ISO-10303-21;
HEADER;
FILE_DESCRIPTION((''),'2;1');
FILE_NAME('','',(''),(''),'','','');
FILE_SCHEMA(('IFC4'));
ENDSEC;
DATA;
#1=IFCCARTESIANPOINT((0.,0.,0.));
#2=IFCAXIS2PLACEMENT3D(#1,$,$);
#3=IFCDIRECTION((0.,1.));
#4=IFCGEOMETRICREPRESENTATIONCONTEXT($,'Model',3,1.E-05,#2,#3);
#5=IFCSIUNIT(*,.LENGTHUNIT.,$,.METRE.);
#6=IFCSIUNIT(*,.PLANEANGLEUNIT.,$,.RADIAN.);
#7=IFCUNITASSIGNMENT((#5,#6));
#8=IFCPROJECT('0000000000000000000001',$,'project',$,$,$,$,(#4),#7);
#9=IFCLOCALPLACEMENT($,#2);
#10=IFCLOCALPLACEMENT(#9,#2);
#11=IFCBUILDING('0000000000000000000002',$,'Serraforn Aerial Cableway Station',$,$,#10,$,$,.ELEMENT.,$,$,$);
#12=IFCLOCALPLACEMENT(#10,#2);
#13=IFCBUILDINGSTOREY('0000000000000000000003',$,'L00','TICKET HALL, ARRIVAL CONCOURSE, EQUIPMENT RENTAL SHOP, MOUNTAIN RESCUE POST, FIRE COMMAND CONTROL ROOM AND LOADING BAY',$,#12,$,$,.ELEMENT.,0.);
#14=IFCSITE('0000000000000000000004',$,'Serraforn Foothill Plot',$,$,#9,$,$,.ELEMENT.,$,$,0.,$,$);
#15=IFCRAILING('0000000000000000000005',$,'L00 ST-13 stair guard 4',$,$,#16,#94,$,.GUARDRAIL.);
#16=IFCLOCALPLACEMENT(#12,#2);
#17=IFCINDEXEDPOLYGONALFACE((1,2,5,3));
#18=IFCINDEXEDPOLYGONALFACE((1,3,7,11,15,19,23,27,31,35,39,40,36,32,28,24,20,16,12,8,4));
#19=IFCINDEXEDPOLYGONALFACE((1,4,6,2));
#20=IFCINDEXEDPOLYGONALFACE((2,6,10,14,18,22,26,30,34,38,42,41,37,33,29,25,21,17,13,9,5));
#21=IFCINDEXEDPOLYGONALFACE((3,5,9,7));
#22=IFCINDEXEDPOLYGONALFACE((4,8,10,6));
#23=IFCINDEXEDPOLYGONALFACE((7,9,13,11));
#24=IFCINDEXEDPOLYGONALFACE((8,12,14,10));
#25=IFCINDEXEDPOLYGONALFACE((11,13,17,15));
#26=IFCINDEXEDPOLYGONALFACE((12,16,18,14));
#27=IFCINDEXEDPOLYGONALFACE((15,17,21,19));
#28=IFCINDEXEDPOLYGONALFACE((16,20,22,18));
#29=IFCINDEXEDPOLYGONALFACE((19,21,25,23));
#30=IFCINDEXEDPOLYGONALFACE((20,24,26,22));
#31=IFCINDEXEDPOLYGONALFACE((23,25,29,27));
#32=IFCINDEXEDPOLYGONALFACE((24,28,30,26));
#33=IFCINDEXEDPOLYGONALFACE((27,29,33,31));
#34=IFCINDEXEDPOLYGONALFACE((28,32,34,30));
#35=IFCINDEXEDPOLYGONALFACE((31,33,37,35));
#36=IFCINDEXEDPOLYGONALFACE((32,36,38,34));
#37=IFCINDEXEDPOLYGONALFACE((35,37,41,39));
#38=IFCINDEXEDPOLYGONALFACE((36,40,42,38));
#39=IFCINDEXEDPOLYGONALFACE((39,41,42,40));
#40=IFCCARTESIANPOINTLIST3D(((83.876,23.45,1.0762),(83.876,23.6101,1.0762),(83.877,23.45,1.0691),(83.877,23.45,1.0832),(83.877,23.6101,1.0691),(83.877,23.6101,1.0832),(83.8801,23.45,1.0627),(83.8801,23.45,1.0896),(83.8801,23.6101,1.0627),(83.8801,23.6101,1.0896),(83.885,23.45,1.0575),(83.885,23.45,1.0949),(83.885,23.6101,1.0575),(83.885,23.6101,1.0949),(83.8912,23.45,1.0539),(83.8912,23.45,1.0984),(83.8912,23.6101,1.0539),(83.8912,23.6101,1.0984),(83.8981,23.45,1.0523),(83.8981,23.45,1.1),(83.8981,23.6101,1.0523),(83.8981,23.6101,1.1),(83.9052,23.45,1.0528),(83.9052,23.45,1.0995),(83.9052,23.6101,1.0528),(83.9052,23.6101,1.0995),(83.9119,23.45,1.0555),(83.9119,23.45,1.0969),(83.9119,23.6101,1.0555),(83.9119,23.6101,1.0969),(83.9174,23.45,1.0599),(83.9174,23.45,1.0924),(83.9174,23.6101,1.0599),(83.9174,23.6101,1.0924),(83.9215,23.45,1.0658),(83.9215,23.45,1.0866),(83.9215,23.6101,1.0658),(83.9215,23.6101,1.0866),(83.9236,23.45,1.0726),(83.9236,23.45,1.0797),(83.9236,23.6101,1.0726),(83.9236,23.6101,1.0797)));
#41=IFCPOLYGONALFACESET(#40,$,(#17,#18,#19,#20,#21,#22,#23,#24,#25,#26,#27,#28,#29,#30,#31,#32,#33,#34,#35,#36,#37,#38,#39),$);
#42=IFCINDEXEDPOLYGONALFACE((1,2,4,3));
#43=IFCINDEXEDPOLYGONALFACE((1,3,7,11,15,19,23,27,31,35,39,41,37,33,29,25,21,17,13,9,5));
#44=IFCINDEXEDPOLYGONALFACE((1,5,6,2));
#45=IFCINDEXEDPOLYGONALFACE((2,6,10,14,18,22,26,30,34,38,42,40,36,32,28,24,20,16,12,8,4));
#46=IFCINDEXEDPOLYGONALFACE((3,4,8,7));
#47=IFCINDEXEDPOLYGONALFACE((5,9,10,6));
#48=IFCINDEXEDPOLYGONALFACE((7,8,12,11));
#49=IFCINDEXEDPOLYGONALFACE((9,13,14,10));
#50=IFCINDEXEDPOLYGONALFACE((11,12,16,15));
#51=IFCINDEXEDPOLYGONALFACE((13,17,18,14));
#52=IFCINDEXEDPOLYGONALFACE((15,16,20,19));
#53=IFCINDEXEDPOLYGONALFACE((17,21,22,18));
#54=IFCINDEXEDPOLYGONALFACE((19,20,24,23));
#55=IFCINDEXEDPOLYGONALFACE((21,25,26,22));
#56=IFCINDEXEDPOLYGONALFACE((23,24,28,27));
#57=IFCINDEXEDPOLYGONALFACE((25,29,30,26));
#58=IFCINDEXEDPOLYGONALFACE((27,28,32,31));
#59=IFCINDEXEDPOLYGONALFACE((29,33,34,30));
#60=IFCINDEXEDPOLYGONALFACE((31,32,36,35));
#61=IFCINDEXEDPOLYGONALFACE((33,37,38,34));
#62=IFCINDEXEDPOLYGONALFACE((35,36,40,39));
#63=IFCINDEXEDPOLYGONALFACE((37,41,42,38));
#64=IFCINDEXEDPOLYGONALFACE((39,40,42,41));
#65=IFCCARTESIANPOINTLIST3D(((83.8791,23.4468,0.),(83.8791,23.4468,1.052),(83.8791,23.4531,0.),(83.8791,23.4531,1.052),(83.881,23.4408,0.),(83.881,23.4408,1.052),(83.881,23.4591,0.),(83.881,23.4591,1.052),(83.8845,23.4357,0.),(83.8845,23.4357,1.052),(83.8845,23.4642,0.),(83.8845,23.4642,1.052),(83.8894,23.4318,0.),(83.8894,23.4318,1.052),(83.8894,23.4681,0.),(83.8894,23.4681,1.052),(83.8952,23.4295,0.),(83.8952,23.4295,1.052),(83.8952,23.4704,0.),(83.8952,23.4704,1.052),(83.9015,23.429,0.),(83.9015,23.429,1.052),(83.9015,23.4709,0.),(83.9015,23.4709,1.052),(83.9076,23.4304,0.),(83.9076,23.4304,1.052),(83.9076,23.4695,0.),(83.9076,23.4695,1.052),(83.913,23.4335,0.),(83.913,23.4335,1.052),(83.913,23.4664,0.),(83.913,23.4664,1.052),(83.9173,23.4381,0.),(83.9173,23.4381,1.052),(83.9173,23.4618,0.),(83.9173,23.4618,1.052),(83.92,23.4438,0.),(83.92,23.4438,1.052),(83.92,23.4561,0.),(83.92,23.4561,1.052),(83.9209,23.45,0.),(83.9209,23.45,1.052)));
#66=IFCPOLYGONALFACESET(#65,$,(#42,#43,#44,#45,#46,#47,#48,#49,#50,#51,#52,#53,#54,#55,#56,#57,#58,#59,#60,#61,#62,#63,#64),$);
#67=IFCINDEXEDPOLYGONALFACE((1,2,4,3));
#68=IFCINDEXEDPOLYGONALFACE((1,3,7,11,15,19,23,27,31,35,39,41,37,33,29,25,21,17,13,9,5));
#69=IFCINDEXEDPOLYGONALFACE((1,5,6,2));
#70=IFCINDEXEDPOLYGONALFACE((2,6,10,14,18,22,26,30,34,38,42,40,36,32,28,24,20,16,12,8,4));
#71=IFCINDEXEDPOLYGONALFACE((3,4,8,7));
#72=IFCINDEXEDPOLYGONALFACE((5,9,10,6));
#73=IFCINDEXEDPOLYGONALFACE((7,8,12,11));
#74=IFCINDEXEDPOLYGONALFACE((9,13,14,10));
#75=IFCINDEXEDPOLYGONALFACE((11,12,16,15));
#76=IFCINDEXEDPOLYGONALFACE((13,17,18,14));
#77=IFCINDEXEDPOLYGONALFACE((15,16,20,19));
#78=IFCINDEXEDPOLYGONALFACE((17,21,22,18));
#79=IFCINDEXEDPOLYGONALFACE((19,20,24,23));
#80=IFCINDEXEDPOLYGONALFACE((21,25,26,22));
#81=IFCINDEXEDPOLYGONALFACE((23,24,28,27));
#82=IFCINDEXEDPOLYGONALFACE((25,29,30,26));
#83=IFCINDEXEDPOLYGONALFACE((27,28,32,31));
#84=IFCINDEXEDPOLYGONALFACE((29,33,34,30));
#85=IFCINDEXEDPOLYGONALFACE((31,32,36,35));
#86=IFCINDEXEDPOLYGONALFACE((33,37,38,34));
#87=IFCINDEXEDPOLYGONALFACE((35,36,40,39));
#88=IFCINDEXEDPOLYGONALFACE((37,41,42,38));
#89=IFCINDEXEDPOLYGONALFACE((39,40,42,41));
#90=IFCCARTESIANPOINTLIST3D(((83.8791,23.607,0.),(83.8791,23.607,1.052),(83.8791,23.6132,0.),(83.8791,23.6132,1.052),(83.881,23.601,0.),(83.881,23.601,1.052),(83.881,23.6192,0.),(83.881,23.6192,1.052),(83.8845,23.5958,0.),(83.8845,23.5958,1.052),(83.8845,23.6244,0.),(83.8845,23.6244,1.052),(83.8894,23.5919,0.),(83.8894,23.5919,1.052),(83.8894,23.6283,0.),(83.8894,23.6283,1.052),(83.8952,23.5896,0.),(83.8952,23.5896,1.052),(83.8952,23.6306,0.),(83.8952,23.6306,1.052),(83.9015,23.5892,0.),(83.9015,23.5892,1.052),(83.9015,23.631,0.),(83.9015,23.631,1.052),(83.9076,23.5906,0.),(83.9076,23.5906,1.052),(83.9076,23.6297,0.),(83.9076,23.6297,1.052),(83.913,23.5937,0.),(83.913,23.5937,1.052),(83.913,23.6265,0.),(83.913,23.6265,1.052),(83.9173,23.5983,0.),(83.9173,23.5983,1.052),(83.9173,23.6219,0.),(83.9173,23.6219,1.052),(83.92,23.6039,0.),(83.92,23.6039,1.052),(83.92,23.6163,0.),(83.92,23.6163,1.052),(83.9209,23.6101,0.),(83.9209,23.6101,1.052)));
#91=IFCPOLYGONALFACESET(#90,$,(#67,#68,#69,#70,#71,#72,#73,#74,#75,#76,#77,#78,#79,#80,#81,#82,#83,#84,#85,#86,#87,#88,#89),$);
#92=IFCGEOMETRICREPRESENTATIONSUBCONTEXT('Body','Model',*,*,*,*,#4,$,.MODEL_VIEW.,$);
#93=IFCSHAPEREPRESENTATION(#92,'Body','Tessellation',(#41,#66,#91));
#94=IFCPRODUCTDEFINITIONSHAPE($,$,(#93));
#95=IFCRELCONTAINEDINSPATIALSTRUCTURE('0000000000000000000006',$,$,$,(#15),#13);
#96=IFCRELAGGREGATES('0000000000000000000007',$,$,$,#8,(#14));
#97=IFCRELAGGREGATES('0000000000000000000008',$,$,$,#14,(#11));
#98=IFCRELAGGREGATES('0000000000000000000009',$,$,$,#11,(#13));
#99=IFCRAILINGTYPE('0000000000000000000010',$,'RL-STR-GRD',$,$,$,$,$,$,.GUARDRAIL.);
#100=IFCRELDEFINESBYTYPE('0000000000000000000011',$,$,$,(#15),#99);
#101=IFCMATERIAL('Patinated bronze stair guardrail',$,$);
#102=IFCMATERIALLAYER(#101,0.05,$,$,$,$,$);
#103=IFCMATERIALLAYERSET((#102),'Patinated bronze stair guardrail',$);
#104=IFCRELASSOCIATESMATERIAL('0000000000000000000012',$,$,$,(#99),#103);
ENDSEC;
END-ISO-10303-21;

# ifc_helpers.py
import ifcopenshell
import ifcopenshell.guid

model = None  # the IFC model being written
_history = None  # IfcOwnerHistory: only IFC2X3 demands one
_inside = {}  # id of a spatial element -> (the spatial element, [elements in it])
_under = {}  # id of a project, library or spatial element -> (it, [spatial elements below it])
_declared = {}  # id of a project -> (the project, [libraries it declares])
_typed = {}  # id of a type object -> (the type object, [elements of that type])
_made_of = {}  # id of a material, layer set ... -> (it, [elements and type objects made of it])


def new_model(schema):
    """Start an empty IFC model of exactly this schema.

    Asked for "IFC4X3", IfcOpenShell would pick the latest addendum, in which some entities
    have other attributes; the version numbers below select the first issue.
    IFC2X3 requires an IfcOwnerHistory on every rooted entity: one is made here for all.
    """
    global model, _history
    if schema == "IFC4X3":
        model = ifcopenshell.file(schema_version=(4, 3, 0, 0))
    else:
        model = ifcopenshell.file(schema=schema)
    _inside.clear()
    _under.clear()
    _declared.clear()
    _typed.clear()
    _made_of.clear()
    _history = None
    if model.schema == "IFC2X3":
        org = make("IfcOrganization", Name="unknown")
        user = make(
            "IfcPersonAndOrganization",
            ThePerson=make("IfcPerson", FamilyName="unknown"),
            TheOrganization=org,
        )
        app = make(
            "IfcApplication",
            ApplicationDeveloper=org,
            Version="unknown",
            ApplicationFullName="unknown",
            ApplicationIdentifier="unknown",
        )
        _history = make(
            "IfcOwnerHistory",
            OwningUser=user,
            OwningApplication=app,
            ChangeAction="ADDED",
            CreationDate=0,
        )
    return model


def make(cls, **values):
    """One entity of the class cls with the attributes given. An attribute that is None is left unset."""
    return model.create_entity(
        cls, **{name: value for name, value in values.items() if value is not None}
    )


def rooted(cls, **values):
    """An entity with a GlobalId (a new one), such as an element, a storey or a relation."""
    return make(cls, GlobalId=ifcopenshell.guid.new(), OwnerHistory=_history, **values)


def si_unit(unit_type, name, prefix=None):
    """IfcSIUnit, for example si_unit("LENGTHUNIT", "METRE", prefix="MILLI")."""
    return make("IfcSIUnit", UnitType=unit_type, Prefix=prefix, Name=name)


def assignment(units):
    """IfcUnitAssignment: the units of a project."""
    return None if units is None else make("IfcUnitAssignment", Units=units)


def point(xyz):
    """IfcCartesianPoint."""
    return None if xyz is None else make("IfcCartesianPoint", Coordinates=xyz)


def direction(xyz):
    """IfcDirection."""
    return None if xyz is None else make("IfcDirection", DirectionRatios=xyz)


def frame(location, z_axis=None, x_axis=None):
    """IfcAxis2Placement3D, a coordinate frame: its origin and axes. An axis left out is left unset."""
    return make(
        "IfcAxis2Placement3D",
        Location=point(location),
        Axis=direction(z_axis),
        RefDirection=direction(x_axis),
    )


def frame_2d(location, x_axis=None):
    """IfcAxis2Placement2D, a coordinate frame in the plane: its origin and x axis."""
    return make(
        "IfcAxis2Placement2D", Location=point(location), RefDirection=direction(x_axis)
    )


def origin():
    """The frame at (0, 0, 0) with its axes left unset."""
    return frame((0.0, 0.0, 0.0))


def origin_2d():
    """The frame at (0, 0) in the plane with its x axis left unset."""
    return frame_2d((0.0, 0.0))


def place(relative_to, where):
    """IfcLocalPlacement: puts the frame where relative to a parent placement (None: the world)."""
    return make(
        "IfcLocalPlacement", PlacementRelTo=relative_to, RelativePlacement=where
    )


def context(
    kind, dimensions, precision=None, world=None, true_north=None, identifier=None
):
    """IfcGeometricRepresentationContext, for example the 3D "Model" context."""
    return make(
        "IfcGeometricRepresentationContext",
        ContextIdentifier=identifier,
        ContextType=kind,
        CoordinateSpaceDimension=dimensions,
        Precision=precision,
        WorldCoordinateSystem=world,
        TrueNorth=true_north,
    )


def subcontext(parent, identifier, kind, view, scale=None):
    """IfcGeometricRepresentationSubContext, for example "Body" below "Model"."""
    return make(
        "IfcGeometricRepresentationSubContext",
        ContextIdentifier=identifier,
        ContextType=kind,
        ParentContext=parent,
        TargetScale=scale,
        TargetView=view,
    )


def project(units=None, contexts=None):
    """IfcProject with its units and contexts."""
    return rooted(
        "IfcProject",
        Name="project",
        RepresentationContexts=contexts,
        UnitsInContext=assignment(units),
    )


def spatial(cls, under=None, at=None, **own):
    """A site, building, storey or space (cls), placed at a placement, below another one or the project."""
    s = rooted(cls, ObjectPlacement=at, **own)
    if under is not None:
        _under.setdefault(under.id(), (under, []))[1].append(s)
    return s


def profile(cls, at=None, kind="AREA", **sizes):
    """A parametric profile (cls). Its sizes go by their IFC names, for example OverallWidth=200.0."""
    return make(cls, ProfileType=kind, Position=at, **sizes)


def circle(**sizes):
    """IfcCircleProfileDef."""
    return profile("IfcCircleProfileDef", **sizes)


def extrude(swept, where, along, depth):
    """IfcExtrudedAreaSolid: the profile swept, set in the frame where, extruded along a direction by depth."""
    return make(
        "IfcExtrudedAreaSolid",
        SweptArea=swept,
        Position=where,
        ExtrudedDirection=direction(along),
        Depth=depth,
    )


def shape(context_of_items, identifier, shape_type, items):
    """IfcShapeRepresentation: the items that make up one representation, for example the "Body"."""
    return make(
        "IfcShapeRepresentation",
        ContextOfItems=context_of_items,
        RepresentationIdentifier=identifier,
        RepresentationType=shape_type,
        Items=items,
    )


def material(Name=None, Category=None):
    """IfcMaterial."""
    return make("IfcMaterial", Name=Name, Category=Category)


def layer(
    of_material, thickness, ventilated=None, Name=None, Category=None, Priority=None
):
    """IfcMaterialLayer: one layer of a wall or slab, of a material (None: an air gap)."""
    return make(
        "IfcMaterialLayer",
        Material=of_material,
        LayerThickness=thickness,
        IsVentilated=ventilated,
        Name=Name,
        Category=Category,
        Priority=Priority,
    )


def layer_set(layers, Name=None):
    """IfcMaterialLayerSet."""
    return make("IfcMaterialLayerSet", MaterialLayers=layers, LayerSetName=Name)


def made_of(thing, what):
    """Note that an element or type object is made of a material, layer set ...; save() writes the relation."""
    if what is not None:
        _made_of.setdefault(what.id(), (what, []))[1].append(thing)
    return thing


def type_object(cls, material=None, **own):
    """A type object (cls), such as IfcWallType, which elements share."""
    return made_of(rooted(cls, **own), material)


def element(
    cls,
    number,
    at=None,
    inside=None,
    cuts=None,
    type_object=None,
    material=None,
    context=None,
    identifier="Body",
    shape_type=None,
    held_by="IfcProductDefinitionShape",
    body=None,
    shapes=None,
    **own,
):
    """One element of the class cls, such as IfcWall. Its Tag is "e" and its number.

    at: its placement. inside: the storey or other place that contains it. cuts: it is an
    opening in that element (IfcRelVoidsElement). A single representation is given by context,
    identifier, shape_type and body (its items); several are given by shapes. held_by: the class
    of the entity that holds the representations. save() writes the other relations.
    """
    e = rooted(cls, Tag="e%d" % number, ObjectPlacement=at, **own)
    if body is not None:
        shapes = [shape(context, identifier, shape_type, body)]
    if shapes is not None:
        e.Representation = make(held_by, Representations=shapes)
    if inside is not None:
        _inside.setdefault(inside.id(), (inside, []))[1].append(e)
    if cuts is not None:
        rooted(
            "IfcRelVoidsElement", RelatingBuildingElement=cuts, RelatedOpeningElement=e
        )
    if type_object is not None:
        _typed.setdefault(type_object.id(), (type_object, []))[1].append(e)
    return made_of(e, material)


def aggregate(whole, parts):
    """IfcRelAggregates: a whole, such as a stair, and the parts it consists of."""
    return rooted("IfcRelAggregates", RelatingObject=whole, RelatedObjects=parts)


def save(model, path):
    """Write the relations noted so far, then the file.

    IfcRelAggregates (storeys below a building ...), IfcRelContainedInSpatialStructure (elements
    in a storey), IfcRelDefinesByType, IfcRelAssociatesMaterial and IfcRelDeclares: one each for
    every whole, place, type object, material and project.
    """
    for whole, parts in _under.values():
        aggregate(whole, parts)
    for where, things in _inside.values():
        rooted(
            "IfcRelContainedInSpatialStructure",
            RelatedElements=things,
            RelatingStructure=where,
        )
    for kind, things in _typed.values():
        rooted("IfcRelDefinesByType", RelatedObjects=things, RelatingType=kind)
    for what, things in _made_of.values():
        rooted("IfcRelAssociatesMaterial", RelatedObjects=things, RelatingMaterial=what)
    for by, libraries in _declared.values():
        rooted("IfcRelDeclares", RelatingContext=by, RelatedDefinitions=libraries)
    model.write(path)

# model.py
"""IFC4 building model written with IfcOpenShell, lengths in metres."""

from ifc_helpers import new_model, si_unit, direction, frame, origin, origin_2d, place, context, subcontext, project, spatial, circle, extrude, material, layer, layer_set, type_object, element, save


model = new_model("IFC4")

# Units and contexts
model_context = context("Model", 3, precision=1e-05, world=origin(), true_north=direction((0.0, 1.0)))
body_context = subcontext(model_context, "Body", "Model", "MODEL_VIEW")
ifc_project = project(units=[si_unit("LENGTHUNIT", "METRE"), si_unit("PLANEANGLEUNIT", "RADIAN")], contexts=[model_context])

# Site, building, storey
site_placement = place(None, origin())
site = spatial("IfcSite", under=ifc_project, at=site_placement, Name="Serraforn Foothill Plot", CompositionType="ELEMENT", RefElevation=0.0)
building_placement = place(site_placement, origin())
building = spatial("IfcBuilding", under=site, at=building_placement, Name="Serraforn Aerial Cableway Station", CompositionType="ELEMENT")
storey_placement = place(building_placement, origin())
storey = spatial("IfcBuildingStorey", under=building, at=storey_placement, Name="L00", Description="TICKET HALL, ARRIVAL CONCOURSE, EQUIPMENT RENTAL SHOP, MOUNTAIN RESCUE POST, FIRE COMMAND CONTROL ROOM AND LOADING BAY", CompositionType="ELEMENT", Elevation=0.0)

# Railing
ifc_material_1 = material(Name="Patinated bronze stair guardrail")
ifc_layer_1 = layer(ifc_material_1, 0.05)
ifc_layer_set_1 = layer_set([ifc_layer_1], Name="Patinated bronze stair guardrail")
railing_type_1 = type_object("IfcRailingType", Name="RL-STR-GRD", PredefinedType="GUARDRAIL", material=ifc_layer_set_1)
railing_1_placement = place(storey_placement, frame((83.8999, 23.45, 0.0)))
element("IfcRailing", 1, at=railing_1_placement, inside=storey, type_object=railing_type_1, Name="L00 ST-13 stair guard 4", PredefinedType="GUARDRAIL", context=body_context, shape_type="SweptSolid", body=[
    extrude(circle(Radius=0.0239, at=origin_2d()), frame((0.0, 0.0, 1.0762), z_axis=(0.0, 1.0, 0.0), x_axis=(-1.0, 0.0, 0.0)), (0.0, 0.0, 1.0), 0.1602),
    extrude(circle(Radius=0.021, at=origin_2d()), origin(), (0.0, 0.0, 1.0), 1.052),
    extrude(circle(Radius=0.021, at=origin_2d()), frame((0.0, 0.1602, 0.0)), (0.0, 0.0, 1.0), 1.052),
])

save(model, "model.ifc")
